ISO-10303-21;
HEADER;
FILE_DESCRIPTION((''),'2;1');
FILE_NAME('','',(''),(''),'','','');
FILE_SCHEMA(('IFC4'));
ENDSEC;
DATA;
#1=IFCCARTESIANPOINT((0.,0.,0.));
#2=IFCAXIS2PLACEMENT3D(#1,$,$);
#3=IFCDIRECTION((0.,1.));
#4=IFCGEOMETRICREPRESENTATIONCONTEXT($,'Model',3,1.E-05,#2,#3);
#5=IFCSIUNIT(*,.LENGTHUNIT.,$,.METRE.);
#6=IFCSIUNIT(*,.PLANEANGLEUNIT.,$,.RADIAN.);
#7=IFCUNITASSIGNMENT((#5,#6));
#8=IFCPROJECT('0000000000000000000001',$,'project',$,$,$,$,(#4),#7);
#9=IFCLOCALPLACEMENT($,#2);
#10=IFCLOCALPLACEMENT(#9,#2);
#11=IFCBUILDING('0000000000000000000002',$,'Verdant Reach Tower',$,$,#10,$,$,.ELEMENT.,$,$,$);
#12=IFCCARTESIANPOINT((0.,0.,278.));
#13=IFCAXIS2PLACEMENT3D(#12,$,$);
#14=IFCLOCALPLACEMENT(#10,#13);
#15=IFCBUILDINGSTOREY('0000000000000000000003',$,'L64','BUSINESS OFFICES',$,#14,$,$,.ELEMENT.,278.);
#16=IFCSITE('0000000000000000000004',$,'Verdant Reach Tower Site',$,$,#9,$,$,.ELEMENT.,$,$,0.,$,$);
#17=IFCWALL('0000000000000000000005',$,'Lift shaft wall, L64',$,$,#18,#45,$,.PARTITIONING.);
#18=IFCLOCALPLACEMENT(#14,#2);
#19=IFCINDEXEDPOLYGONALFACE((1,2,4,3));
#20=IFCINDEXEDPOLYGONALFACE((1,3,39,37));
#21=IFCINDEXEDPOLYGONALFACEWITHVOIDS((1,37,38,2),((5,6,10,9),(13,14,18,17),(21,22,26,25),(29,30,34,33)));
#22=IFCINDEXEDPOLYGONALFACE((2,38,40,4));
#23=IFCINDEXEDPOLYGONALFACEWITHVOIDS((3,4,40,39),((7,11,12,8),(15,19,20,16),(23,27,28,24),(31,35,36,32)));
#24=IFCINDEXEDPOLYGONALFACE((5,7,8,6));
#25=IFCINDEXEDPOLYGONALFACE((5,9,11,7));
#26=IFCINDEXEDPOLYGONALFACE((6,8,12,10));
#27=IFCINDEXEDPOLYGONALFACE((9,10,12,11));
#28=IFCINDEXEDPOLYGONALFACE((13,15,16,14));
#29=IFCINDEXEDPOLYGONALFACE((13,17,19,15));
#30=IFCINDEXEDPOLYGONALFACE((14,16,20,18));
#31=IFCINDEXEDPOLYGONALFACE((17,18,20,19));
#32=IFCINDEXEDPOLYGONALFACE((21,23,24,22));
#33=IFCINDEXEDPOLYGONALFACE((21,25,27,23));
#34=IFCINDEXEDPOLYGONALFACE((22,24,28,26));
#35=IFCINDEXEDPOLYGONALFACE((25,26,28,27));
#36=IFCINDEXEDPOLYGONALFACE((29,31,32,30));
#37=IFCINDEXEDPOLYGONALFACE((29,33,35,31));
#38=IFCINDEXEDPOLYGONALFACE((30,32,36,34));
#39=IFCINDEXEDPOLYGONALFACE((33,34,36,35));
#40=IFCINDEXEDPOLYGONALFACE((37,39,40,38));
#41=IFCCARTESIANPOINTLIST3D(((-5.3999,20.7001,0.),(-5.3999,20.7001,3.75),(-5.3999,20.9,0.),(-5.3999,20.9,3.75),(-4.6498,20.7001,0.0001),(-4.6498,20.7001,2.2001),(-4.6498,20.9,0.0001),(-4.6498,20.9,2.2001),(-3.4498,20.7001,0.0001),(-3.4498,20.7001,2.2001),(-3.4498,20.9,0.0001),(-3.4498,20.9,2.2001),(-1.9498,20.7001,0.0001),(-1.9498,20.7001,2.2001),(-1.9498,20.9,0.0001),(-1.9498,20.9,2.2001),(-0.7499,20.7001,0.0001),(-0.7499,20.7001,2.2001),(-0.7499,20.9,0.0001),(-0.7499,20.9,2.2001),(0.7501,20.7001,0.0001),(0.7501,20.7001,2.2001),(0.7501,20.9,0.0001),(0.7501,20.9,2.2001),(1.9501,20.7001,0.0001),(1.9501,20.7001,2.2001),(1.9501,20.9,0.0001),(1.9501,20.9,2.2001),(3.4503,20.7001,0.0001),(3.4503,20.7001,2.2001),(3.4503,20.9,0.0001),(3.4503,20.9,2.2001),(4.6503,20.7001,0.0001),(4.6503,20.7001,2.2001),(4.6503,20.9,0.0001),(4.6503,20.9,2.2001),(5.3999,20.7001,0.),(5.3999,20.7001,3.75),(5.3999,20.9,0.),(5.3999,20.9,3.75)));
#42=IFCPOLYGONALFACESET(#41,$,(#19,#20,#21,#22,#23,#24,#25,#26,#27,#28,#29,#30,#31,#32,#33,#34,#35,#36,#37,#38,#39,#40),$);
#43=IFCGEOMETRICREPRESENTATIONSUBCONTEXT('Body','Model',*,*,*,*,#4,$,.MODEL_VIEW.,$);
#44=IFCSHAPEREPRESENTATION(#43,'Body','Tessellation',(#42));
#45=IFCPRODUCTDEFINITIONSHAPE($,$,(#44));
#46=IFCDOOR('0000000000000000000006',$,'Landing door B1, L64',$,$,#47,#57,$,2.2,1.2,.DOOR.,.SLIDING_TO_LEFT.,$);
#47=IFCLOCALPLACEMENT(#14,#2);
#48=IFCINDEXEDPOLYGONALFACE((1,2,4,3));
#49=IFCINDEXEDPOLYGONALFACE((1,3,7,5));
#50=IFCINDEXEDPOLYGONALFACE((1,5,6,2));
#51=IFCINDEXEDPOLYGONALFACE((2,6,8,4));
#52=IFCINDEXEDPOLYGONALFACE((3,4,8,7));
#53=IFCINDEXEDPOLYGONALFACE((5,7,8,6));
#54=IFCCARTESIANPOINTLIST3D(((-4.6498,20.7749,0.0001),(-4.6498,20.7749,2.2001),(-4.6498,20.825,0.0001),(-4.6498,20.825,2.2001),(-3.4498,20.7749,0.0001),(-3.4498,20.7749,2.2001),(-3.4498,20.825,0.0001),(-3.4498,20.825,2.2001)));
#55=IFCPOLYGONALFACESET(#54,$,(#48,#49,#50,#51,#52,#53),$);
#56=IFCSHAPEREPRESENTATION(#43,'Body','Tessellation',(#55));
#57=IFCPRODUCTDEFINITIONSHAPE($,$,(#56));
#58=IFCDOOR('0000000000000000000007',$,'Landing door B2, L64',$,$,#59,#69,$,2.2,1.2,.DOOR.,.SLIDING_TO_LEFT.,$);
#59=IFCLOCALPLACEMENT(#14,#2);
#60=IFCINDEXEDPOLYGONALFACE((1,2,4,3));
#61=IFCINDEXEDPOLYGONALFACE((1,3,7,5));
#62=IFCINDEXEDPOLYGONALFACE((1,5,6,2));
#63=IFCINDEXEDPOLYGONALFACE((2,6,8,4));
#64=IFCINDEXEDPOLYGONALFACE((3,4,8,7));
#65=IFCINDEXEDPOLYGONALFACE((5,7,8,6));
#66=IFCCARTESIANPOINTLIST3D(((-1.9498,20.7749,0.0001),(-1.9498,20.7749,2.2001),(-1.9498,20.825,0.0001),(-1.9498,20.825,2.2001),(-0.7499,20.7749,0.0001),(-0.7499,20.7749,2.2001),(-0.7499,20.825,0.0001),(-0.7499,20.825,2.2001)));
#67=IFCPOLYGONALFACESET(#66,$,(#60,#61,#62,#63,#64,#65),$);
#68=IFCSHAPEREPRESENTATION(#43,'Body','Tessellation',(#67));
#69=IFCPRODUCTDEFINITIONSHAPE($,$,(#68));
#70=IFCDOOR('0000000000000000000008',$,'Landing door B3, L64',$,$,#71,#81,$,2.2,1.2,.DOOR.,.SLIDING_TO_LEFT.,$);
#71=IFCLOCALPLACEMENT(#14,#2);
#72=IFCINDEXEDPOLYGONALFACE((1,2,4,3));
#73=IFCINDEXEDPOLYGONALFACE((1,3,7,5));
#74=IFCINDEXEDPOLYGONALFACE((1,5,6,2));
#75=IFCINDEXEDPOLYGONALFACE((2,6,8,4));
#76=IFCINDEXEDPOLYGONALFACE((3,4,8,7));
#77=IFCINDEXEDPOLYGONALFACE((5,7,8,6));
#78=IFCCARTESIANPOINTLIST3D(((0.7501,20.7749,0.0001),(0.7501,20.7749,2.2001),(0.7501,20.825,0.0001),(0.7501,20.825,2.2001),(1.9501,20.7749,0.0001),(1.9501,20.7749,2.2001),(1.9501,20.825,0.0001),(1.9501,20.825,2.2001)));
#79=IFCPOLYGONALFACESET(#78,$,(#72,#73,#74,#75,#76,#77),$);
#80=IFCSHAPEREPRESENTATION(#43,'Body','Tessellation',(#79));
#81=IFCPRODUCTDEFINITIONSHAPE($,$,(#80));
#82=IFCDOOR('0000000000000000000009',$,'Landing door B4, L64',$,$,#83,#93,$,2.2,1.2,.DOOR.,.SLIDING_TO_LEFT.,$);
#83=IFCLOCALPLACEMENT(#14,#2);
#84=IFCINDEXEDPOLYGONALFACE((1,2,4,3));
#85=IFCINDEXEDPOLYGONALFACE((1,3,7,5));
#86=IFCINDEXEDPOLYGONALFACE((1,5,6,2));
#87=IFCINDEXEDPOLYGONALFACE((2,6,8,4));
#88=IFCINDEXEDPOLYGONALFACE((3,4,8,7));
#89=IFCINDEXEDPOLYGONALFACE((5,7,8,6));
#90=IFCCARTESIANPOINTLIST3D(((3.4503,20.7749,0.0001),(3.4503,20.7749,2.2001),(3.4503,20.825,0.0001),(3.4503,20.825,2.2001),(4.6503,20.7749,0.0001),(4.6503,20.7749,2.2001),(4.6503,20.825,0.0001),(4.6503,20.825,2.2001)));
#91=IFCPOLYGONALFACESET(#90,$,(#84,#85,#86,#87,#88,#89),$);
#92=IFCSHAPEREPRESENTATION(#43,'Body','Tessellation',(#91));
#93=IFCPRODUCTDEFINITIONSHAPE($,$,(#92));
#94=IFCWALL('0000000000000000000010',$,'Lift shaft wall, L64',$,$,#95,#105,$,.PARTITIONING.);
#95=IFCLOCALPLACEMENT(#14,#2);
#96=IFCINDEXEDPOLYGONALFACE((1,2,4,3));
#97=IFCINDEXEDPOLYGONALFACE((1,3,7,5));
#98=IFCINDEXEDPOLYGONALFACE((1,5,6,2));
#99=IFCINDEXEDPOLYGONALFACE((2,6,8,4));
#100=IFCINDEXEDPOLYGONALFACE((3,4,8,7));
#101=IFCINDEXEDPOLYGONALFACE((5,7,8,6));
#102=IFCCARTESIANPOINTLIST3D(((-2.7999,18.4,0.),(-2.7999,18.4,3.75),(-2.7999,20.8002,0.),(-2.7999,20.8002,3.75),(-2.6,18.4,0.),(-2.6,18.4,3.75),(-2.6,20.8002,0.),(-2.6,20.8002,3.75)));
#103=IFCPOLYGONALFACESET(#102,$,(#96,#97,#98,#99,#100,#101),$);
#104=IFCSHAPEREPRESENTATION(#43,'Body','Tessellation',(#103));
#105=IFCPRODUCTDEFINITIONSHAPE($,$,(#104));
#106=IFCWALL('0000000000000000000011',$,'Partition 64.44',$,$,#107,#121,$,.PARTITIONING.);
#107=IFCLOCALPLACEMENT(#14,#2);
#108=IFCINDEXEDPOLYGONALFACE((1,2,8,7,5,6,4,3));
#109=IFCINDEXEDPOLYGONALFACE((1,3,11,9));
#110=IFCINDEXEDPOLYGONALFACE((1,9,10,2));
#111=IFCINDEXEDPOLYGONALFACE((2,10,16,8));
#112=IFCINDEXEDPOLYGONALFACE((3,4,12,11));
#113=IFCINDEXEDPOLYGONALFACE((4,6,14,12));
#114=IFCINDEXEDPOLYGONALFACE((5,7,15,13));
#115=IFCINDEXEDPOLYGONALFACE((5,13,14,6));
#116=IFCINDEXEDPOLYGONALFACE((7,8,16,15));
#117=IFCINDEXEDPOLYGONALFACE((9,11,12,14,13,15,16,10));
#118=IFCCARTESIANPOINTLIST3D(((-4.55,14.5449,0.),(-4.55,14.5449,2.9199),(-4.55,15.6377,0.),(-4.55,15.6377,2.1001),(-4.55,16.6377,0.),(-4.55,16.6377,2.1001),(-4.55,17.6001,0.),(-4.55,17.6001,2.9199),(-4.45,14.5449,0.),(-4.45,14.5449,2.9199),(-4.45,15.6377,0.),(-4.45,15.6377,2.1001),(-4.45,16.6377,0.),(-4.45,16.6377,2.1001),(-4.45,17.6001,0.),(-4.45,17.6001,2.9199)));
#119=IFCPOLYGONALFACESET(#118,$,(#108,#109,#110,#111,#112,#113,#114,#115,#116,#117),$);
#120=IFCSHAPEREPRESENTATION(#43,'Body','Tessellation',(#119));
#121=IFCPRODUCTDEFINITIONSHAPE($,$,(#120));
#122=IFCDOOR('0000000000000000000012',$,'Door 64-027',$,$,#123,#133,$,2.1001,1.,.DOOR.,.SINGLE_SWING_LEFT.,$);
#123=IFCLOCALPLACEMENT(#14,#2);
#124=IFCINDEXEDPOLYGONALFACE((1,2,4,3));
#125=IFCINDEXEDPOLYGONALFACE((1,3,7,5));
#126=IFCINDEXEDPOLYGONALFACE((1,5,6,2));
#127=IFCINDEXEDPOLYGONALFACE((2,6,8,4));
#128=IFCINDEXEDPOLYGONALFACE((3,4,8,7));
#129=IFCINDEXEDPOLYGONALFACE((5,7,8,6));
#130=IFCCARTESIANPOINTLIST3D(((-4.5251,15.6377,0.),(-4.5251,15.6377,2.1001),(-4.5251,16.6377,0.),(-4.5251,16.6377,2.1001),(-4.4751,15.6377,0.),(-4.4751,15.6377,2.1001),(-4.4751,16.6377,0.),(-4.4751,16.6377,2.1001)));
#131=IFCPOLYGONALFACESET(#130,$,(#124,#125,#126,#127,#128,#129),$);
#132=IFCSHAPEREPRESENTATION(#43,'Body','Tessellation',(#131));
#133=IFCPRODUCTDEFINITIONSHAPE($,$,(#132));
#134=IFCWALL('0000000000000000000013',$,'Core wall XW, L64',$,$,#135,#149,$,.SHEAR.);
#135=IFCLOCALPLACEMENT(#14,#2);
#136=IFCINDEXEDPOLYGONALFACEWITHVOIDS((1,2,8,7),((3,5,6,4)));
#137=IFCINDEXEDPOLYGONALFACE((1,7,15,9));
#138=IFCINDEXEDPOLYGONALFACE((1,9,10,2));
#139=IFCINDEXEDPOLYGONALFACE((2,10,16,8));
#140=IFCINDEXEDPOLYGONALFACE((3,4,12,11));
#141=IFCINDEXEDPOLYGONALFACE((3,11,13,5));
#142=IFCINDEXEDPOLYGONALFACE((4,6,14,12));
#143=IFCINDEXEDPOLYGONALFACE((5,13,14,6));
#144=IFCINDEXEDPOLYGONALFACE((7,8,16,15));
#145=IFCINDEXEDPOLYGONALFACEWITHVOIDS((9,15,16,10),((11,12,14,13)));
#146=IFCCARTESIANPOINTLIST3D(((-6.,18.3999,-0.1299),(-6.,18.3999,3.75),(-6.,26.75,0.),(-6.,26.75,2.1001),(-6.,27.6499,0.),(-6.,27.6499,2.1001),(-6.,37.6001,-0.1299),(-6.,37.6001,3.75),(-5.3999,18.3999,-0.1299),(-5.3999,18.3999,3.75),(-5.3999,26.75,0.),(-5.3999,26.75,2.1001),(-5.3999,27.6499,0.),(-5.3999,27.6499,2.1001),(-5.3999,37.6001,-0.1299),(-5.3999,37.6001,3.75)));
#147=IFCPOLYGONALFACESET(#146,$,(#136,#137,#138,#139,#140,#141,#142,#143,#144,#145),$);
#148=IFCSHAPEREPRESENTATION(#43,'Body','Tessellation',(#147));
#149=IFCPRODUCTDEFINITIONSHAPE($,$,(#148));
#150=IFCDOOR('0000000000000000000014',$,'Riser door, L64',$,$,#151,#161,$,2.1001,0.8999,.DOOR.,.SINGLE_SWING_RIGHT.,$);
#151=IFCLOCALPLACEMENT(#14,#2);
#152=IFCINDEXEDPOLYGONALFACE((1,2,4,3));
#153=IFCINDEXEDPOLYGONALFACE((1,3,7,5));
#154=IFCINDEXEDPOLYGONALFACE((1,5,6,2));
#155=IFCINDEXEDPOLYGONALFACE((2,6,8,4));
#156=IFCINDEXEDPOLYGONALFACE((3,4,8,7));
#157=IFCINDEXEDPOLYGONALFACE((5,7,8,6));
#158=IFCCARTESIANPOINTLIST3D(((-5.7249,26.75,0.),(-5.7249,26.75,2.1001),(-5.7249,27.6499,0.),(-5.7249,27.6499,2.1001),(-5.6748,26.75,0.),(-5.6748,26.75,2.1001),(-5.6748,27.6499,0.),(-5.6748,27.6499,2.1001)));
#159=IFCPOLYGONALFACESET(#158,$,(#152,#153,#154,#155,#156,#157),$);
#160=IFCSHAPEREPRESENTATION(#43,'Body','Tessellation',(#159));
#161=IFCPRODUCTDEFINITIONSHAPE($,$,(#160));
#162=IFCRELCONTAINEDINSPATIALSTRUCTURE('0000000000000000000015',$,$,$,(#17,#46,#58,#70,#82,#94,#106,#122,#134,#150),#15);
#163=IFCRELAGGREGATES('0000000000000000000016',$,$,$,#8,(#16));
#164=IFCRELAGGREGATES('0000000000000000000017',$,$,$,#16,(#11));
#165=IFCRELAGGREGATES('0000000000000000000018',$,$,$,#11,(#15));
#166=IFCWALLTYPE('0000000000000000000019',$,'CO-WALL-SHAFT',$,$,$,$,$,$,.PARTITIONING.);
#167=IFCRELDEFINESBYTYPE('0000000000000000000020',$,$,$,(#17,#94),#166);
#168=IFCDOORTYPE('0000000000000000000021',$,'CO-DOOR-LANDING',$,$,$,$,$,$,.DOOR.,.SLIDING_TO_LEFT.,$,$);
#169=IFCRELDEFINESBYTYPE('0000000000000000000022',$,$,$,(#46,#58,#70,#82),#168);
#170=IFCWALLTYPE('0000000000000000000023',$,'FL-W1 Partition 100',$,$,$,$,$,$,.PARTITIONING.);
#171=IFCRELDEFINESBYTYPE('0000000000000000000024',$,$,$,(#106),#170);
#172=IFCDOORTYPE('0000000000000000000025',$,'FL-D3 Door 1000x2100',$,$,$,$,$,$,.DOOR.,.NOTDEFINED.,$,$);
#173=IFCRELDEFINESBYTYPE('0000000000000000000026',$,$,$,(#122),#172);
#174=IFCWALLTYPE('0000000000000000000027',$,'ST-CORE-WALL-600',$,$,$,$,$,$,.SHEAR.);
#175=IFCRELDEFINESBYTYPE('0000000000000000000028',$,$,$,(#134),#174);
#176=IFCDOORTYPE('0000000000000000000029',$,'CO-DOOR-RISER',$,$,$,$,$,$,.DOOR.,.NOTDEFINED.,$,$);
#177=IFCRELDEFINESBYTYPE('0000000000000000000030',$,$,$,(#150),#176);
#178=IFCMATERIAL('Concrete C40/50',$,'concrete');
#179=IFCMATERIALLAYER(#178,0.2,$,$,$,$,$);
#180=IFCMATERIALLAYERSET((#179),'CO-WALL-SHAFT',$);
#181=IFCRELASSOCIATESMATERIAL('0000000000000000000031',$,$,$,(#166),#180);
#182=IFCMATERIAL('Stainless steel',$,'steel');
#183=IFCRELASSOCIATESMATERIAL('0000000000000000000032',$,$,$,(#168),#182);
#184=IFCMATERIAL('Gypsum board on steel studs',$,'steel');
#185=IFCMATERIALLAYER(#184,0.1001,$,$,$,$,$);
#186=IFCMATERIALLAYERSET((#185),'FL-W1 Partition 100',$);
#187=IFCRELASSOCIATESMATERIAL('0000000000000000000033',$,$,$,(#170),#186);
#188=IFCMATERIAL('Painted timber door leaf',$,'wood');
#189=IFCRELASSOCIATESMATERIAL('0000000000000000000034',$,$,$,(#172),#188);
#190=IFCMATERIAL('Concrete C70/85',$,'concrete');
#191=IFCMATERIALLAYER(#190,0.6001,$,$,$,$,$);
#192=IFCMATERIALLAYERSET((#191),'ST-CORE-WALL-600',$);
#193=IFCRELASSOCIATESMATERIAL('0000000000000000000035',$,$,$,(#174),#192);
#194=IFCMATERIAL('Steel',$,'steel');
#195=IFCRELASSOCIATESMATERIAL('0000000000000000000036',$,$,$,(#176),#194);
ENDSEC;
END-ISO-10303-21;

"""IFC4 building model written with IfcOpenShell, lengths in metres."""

from ifc_helpers import new_model, si_unit, direction, frame, frame_2d, origin, place, context, subcontext, project, spatial, rectangle, extrude, material, layer, layer_set, type_object, element, fill, save


model = new_model("IFC4")

# Units and contexts
model_context = context("Model", 3, precision=1e-05, world=origin(), true_north=direction((0.0, 1.0)))
body_context = subcontext(model_context, "Body", "Model", "MODEL_VIEW")
ifc_project = project(units=[si_unit("LENGTHUNIT", "METRE"), si_unit("PLANEANGLEUNIT", "RADIAN")], contexts=[model_context])

# Site, building, storey
site_placement = place(None, origin())
site = spatial("IfcSite", under=ifc_project, at=site_placement, Name="Verdant Reach Tower Site", CompositionType="ELEMENT", RefElevation=0.0)
building_placement = place(site_placement, origin())
building = spatial("IfcBuilding", under=site, at=building_placement, Name="Verdant Reach Tower", CompositionType="ELEMENT")
storey_placement = place(building_placement, frame((0.0, 0.0, 278.0)))
storey = spatial("IfcBuildingStorey", under=building, at=storey_placement, Name="L64", Description="BUSINESS OFFICES", CompositionType="ELEMENT", Elevation=278.0)

# Shared definitions
ifc_material_1 = material(Name="Gypsum board on steel studs", Category="steel")

# Wall, openings, doors
ifc_material_2 = material(Name="Concrete C40/50", Category="concrete")
ifc_layer_1 = layer(ifc_material_2, 0.2)
ifc_layer_set_1 = layer_set([ifc_layer_1], Name="CO-WALL-SHAFT")
wall_type_1 = type_object("IfcWallType", Name="CO-WALL-SHAFT", PredefinedType="PARTITIONING", material=ifc_layer_set_1)
wall_1_placement = place(storey_placement, frame((-5.3999, 20.8, 0.0), z_axis=(0.0, 0.0, 1.0), x_axis=(1.0, 0.0, 0.0)))
wall_1 = element("IfcWall", 1, at=wall_1_placement, inside=storey, type_object=wall_type_1, Name="Lift shaft wall, L64", PredefinedType="PARTITIONING", context=body_context, shape_type="SweptSolid", body=[
    extrude(rectangle(XDim=10.7998, YDim=0.2, at=frame_2d((5.3999, 0.0))), origin(), (0.0, 0.0, 1.0), 3.75),
])
opening_1_placement = place(wall_1_placement, frame((0.75, 0.0, 0.0)))
opening_1 = element("IfcOpeningElement", 2, at=opening_1_placement, cuts=wall_1, PredefinedType="OPENING", context=body_context, shape_type="SweptSolid", body=[
    extrude(rectangle(XDim=1.2, YDim=2.2, at=frame_2d((0.6001, 1.1001))), frame((0.0, 0.1099, 0.0), z_axis=(0.0, -1.0, 0.0), x_axis=(1.0, 0.0, 0.0)), (0.0, 0.0, 1.0), 0.22),
])
opening_2_placement = place(wall_1_placement, frame((3.45, 0.0, 0.0)))
opening_2 = element("IfcOpeningElement", 3, at=opening_2_placement, cuts=wall_1, PredefinedType="OPENING", context=body_context, shape_type="SweptSolid", body=[
    extrude(rectangle(XDim=1.2, YDim=2.2, at=frame_2d((0.6001, 1.1001))), frame((0.0, 0.1099, 0.0), z_axis=(0.0, -1.0, 0.0), x_axis=(1.0, 0.0, 0.0)), (0.0, 0.0, 1.0), 0.22),
])
opening_3_placement = place(wall_1_placement, frame((6.1499, 0.0, 0.0)))
opening_3 = element("IfcOpeningElement", 4, at=opening_3_placement, cuts=wall_1, PredefinedType="OPENING", context=body_context, shape_type="SweptSolid", body=[
    extrude(rectangle(XDim=1.2, YDim=2.2, at=frame_2d((0.6001, 1.1001))), frame((0.0, 0.1099, 0.0), z_axis=(0.0, -1.0, 0.0), x_axis=(1.0, 0.0, 0.0)), (0.0, 0.0, 1.0), 0.22),
])
opening_4_placement = place(wall_1_placement, frame((8.8501, 0.0, 0.0)))
opening_4 = element("IfcOpeningElement", 5, at=opening_4_placement, cuts=wall_1, PredefinedType="OPENING", context=body_context, shape_type="SweptSolid", body=[
    extrude(rectangle(XDim=1.2, YDim=2.2, at=frame_2d((0.6001, 1.1001))), frame((0.0, 0.1099, 0.0), z_axis=(0.0, -1.0, 0.0), x_axis=(1.0, 0.0, 0.0)), (0.0, 0.0, 1.0), 0.22),
])
ifc_material_3 = material(Name="Stainless steel", Category="steel")
door_type_1 = type_object("IfcDoorType", Name="CO-DOOR-LANDING", OperationType="SLIDING_TO_LEFT", PredefinedType="DOOR", material=ifc_material_3)
door_1_placement = place(opening_1_placement, origin())
door_1 = element("IfcDoor", 6, at=door_1_placement, inside=storey, type_object=door_type_1, Name="Landing door B1, L64", OperationType="SLIDING_TO_LEFT", OverallHeight=2.2, OverallWidth=1.2, PredefinedType="DOOR", context=body_context, shape_type="SweptSolid", body=[
    extrude(rectangle(XDim=1.2, YDim=2.2, at=frame_2d((0.6001, 1.1001))), frame((0.0, 0.0249, 0.0), z_axis=(0.0, -1.0, 0.0), x_axis=(1.0, 0.0, 0.0)), (0.0, 0.0, 1.0), 0.05),
])
fill(opening_1, door_1)
door_2_placement = place(opening_2_placement, origin())
door_2 = element("IfcDoor", 7, at=door_2_placement, inside=storey, type_object=door_type_1, Name="Landing door B2, L64", OperationType="SLIDING_TO_LEFT", OverallHeight=2.2, OverallWidth=1.2, PredefinedType="DOOR", context=body_context, shape_type="SweptSolid", body=[
    extrude(rectangle(XDim=1.2, YDim=2.2, at=frame_2d((0.6001, 1.1001))), frame((0.0, 0.0249, 0.0), z_axis=(0.0, -1.0, 0.0), x_axis=(1.0, 0.0, 0.0)), (0.0, 0.0, 1.0), 0.05),
])
fill(opening_2, door_2)
door_3_placement = place(opening_3_placement, origin())
door_3 = element("IfcDoor", 8, at=door_3_placement, inside=storey, type_object=door_type_1, Name="Landing door B3, L64", OperationType="SLIDING_TO_LEFT", OverallHeight=2.2, OverallWidth=1.2, PredefinedType="DOOR", context=body_context, shape_type="SweptSolid", body=[
    extrude(rectangle(XDim=1.2, YDim=2.2, at=frame_2d((0.6001, 1.1001))), frame((0.0, 0.0249, 0.0), z_axis=(0.0, -1.0, 0.0), x_axis=(1.0, 0.0, 0.0)), (0.0, 0.0, 1.0), 0.05),
])
fill(opening_3, door_3)
door_4_placement = place(opening_4_placement, origin())
door_4 = element("IfcDoor", 9, at=door_4_placement, inside=storey, type_object=door_type_1, Name="Landing door B4, L64", OperationType="SLIDING_TO_LEFT", OverallHeight=2.2, OverallWidth=1.2, PredefinedType="DOOR", context=body_context, shape_type="SweptSolid", body=[
    extrude(rectangle(XDim=1.2, YDim=2.2, at=frame_2d((0.6001, 1.1001))), frame((0.0, 0.0249, 0.0), z_axis=(0.0, -1.0, 0.0), x_axis=(1.0, 0.0, 0.0)), (0.0, 0.0, 1.0), 0.05),
])
fill(opening_4, door_4)

# Wall
wall_2_placement = place(storey_placement, frame((-2.7, 18.3999, 0.0), z_axis=(0.0, 0.0, 1.0), x_axis=(0.0, 1.0, 0.0)))
element("IfcWall", 10, at=wall_2_placement, inside=storey, type_object=wall_type_1, Name="Lift shaft wall, L64", PredefinedType="PARTITIONING", context=body_context, shape_type="SweptSolid", body=[
    extrude(rectangle(XDim=2.4001, YDim=0.2, at=frame_2d((1.2002, 0.0))), origin(), (0.0, 0.0, 1.0), 3.75),
])

# Walls, openings, doors
ifc_layer_2 = layer(ifc_material_1, 0.1001)
ifc_layer_set_2 = layer_set([ifc_layer_2], Name="FL-W1 Partition 100")
wall_type_2 = type_object("IfcWallType", Name="FL-W1 Partition 100", PredefinedType="PARTITIONING", material=ifc_layer_set_2)
wall_3_placement = place(storey_placement, frame((-4.5, 17.6001, 0.0), z_axis=(0.0, 0.0, 1.0), x_axis=(0.0, -1.0, 0.0)))
wall_3 = element("IfcWall", 11, at=wall_3_placement, inside=storey, type_object=wall_type_2, Name="Partition 64.44", PredefinedType="PARTITIONING", context=body_context, shape_type="SweptSolid", body=[
    extrude(rectangle(XDim=3.0552, YDim=0.1001, at=frame_2d((1.5276, 0.0))), origin(), (0.0, 0.0, 1.0), 2.9199),
])
opening_5_placement = place(wall_3_placement, frame((0.9624, 0.0, 0.0)))
opening_5 = element("IfcOpeningElement", 12, at=opening_5_placement, cuts=wall_3, PredefinedType="OPENING", context=body_context, shape_type="SweptSolid", body=[
    extrude(rectangle(XDim=1.0, YDim=2.1001, at=frame_2d((0.5, 1.05))), frame((0.0, 0.0601, 0.0), z_axis=(0.0, -1.0, 0.0), x_axis=(1.0, 0.0, 0.0)), (0.0, 0.0, 1.0), 0.1201),
])
ifc_material_4 = material(Name="Painted timber door leaf", Category="wood")
door_type_2 = type_object("IfcDoorType", Name="FL-D3 Door 1000x2100", OperationType="NOTDEFINED", PredefinedType="DOOR", material=ifc_material_4)
door_5_placement = place(opening_5_placement, origin())
door_5 = element("IfcDoor", 13, at=door_5_placement, inside=storey, type_object=door_type_2, Name="Door 64-027", OperationType="SINGLE_SWING_LEFT", OverallHeight=2.1001, OverallWidth=1.0, PredefinedType="DOOR", context=body_context, shape_type="SweptSolid", body=[
    extrude(rectangle(XDim=1.0, YDim=2.1001, at=frame_2d((0.5, 1.05))), frame((0.0, 0.0249, 0.0), z_axis=(0.0, -1.0, 0.0), x_axis=(1.0, 0.0, 0.0)), (0.0, 0.0, 1.0), 0.05),
])
fill(opening_5, door_5)
ifc_material_5 = material(Name="Concrete C70/85", Category="concrete")
ifc_layer_3 = layer(ifc_material_5, 0.6001)
ifc_layer_set_3 = layer_set([ifc_layer_3], Name="ST-CORE-WALL-600")
wall_type_3 = type_object("IfcWallType", Name="ST-CORE-WALL-600", PredefinedType="SHEAR", material=ifc_layer_set_3)
wall_4_placement = place(storey_placement, frame((-5.7, 18.3999, -0.1299), z_axis=(0.0, 0.0, 1.0), x_axis=(0.0, 1.0, 0.0)))
wall_4 = element("IfcWall", 14, at=wall_4_placement, inside=storey, type_object=wall_type_3, Name="Core wall XW, L64", PredefinedType="SHEAR", context=body_context, shape_type="SweptSolid", body=[
    extrude(rectangle(XDim=19.2002, YDim=0.6001, at=frame_2d((9.6001, 0.0))), origin(), (0.0, 0.0, 1.0), 3.8799),
])
opening_6_placement = place(wall_4_placement, frame((8.3501, 0.0, 0.1299)))
opening_6 = element("IfcOpeningElement", 15, at=opening_6_placement, cuts=wall_4, PredefinedType="OPENING", context=body_context, shape_type="SweptSolid", body=[
    extrude(rectangle(XDim=0.8999, YDim=2.1001, at=frame_2d((0.45, 1.05))), frame((0.0, 0.3101, 0.0), z_axis=(0.0, -1.0, 0.0), x_axis=(1.0, 0.0, 0.0)), (0.0, 0.0, 1.0), 0.6201),
])
ifc_material_6 = material(Name="Steel", Category="steel")
door_type_3 = type_object("IfcDoorType", Name="CO-DOOR-RISER", OperationType="NOTDEFINED", PredefinedType="DOOR", material=ifc_material_6)
door_6_placement = place(opening_6_placement, origin())
door_6 = element("IfcDoor", 16, at=door_6_placement, inside=storey, type_object=door_type_3, Name="Riser door, L64", OperationType="SINGLE_SWING_RIGHT", OverallHeight=2.1001, OverallWidth=0.8999, PredefinedType="DOOR", context=body_context, shape_type="SweptSolid", body=[
    extrude(rectangle(XDim=0.8999, YDim=2.1001, at=frame_2d((0.45, 1.05))), frame((0.0, 0.0249, 0.0), z_axis=(0.0, -1.0, 0.0), x_axis=(1.0, 0.0, 0.0)), (0.0, 0.0, 1.0), 0.05),
])
fill(opening_6, door_6)

save(model, "model.ifc")
